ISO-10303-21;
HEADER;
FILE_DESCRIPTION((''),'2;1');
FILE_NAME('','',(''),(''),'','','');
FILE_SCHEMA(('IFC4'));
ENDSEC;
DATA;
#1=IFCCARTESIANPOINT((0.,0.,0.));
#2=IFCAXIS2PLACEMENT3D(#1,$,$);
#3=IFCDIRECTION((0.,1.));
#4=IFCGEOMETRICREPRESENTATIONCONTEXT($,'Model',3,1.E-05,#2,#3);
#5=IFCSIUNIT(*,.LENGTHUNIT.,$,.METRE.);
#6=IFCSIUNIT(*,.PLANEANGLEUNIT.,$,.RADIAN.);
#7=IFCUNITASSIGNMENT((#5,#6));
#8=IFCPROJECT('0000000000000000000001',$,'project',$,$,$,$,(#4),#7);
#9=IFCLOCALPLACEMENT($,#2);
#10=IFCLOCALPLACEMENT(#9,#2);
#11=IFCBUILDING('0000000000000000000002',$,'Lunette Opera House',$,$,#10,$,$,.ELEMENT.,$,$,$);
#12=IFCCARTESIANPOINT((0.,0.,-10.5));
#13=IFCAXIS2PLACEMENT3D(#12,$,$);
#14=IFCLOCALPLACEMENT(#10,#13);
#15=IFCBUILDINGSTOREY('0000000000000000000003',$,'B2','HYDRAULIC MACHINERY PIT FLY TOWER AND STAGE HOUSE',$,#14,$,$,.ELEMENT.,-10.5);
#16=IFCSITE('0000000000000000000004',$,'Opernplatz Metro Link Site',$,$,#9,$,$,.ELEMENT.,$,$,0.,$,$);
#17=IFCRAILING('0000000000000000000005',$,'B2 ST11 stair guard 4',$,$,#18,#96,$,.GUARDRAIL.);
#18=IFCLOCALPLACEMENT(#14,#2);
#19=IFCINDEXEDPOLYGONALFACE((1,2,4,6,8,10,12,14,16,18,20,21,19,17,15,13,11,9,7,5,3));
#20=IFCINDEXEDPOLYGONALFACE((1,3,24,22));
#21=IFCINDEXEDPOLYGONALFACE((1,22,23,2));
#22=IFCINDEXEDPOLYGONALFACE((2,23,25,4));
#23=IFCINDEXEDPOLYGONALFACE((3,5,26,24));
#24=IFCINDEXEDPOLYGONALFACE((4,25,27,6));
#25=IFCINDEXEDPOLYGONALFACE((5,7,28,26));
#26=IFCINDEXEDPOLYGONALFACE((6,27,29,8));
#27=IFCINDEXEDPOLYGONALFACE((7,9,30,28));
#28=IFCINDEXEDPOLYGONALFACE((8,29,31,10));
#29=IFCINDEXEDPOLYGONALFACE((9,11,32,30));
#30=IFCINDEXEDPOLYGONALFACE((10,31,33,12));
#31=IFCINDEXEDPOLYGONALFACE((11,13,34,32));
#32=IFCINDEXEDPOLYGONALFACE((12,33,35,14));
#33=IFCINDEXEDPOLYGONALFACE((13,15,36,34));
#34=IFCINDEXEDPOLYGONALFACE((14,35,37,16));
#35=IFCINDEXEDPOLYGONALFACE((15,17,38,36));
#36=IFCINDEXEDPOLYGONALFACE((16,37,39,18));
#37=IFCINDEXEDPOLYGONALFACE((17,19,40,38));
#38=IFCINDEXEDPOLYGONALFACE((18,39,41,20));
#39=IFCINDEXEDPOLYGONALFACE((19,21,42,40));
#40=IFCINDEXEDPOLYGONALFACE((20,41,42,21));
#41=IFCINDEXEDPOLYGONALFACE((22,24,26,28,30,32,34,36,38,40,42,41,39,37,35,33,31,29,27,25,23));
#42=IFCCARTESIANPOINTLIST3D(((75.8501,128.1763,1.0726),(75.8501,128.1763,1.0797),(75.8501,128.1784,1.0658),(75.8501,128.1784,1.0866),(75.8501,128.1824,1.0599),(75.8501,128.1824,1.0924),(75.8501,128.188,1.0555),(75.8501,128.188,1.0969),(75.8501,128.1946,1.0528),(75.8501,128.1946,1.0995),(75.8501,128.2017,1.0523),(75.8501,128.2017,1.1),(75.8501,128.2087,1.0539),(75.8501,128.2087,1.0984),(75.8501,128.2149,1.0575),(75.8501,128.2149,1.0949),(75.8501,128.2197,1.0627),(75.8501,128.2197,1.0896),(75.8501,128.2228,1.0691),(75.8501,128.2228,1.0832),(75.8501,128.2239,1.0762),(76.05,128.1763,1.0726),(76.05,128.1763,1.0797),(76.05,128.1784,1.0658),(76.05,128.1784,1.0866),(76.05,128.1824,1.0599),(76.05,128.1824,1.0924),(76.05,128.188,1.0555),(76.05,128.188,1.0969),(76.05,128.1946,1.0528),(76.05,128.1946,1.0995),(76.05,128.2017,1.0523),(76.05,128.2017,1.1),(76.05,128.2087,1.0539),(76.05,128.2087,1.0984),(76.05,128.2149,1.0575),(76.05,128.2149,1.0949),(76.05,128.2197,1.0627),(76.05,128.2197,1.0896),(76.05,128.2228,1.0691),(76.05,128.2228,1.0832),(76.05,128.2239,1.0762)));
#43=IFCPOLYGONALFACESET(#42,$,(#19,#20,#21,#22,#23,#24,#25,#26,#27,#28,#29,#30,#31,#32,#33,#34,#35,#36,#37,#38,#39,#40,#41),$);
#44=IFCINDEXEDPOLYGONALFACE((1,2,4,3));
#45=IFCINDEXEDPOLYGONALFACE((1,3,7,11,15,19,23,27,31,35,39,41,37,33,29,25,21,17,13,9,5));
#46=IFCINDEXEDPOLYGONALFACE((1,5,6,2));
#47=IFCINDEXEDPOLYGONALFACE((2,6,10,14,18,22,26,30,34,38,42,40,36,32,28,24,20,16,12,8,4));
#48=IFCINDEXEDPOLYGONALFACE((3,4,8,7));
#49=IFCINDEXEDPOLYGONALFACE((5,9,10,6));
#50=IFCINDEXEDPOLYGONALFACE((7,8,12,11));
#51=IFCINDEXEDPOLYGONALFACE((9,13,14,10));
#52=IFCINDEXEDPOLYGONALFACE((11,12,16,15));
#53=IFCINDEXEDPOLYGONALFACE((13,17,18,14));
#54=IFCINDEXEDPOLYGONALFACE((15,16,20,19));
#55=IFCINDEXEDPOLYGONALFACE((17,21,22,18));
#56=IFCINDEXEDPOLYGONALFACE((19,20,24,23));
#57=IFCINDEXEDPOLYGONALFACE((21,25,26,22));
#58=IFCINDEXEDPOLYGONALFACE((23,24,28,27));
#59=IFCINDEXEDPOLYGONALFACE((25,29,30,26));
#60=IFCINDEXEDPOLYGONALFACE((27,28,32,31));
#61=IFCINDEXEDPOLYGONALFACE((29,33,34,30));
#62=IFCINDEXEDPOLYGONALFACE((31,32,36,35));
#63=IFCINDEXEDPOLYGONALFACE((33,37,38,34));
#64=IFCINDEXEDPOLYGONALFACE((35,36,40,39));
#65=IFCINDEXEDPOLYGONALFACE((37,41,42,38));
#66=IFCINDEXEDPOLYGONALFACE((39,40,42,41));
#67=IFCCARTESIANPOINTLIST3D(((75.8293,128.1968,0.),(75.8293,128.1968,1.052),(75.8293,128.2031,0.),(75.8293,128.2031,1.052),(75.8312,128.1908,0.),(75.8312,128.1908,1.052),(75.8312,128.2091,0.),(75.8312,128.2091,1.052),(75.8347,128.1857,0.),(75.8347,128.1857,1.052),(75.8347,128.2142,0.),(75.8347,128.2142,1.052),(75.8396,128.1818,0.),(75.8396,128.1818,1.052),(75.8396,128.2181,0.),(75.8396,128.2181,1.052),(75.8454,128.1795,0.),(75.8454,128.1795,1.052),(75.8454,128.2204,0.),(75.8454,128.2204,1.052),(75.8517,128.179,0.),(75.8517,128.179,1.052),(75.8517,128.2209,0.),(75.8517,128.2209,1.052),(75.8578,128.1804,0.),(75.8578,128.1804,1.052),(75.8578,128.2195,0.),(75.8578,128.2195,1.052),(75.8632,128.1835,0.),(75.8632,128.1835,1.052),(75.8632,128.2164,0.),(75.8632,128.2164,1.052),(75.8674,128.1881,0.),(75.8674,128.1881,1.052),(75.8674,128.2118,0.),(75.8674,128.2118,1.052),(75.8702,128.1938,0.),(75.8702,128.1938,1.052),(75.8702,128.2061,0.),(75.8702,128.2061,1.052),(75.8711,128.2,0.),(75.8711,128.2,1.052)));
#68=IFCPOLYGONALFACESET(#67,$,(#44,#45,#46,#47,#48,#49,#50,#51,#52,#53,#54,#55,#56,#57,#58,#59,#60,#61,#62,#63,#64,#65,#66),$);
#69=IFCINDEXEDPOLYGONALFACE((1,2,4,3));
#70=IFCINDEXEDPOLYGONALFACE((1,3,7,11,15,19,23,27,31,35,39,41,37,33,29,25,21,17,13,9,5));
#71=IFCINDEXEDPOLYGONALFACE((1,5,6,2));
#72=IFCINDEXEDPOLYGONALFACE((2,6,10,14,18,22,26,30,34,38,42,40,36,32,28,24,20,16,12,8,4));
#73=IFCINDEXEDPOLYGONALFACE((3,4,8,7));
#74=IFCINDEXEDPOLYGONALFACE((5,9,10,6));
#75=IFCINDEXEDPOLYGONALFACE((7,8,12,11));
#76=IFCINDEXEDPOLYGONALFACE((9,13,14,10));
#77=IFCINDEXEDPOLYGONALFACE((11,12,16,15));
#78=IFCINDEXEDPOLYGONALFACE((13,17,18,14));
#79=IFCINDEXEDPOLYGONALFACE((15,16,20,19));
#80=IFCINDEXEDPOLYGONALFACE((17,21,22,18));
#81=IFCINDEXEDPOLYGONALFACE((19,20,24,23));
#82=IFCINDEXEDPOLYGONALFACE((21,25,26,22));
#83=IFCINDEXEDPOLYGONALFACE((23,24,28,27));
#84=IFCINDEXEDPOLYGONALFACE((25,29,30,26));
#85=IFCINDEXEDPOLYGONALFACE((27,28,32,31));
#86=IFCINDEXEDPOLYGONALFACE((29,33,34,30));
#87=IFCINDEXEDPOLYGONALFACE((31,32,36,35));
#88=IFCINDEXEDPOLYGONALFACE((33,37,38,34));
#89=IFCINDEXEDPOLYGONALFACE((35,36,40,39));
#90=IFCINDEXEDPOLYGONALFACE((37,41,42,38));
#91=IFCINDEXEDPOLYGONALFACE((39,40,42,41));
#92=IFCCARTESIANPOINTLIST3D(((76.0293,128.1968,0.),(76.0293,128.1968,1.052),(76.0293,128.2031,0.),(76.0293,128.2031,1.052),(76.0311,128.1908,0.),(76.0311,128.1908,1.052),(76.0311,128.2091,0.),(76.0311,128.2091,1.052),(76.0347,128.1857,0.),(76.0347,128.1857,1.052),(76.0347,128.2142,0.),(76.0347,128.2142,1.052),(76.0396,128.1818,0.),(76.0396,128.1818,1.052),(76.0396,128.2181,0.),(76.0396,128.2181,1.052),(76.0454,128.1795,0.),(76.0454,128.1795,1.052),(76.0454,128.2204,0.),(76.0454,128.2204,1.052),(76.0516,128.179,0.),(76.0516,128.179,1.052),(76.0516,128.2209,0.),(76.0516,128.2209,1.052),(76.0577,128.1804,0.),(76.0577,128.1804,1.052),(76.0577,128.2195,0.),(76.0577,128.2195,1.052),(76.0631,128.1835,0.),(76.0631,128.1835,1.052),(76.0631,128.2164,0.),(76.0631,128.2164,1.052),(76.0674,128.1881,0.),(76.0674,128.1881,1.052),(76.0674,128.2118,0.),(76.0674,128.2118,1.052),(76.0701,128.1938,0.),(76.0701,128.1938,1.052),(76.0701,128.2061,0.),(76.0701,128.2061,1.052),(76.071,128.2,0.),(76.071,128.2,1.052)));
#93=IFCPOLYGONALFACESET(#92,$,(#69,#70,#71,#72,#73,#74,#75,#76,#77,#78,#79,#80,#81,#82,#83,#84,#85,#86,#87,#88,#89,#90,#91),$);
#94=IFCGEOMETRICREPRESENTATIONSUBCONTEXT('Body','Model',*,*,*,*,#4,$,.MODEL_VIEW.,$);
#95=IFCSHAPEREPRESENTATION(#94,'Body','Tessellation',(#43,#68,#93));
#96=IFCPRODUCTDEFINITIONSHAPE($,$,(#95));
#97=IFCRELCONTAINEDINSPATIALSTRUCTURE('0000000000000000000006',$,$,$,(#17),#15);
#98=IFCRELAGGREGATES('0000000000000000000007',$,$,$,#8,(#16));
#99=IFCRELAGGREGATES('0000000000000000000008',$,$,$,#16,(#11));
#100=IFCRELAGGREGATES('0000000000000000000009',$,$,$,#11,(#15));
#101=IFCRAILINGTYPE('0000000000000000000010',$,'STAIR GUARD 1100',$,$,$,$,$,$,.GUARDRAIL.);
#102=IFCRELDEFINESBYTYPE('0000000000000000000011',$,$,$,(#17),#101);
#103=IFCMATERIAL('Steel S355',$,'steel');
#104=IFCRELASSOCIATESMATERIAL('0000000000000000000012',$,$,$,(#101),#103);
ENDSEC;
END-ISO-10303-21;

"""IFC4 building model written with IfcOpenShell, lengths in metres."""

from ifc_helpers import new_model, si_unit, direction, frame, origin, origin_2d, place, context, subcontext, project, spatial, circle, extrude, material, type_object, element, save


model = new_model("IFC4")

# Units and contexts
model_context = context("Model", 3, precision=1e-05, world=origin(), true_north=direction((0.0, 1.0)))
body_context = subcontext(model_context, "Body", "Model", "MODEL_VIEW")
ifc_project = project(units=[si_unit("LENGTHUNIT", "METRE"), si_unit("PLANEANGLEUNIT", "RADIAN")], contexts=[model_context])

# Site, building, storey
site_placement = place(None, origin())
site = spatial("IfcSite", under=ifc_project, at=site_placement, Name="Opernplatz Metro Link Site", CompositionType="ELEMENT", RefElevation=0.0)
building_placement = place(site_placement, origin())
building = spatial("IfcBuilding", under=site, at=building_placement, Name="Lunette Opera House", CompositionType="ELEMENT")
storey_placement = place(building_placement, frame((0.0, 0.0, -10.5)))
storey = spatial("IfcBuildingStorey", under=building, at=storey_placement, Name="B2", Description="HYDRAULIC MACHINERY PIT FLY TOWER AND STAGE HOUSE", CompositionType="ELEMENT", Elevation=-10.5)

# Railing
ifc_material_1 = material(Name="Steel S355", Category="steel")
railing_type_1 = type_object("IfcRailingType", Name="STAIR GUARD 1100", PredefinedType="GUARDRAIL", material=ifc_material_1)
railing_1_placement = place(storey_placement, frame((75.8501, 128.2, 0.0)))
element("IfcRailing", 1, at=railing_1_placement, inside=storey, type_object=railing_type_1, Name="B2 ST11 stair guard 4", PredefinedType="GUARDRAIL", context=body_context, shape_type="SweptSolid", body=[
    extrude(circle(Radius=0.0239, at=origin_2d()), frame((0.0, 0.0, 1.0762), z_axis=(1.0, 0.0, 0.0), x_axis=(0.0, 1.0, 0.0)), (0.0, 0.0, 1.0), 0.2),
    extrude(circle(Radius=0.021, at=origin_2d()), origin(), (0.0, 0.0, 1.0), 1.052),
    extrude(circle(Radius=0.021, at=origin_2d()), frame((0.2, 0.0, 0.0)), (0.0, 0.0, 1.0), 1.052),
])

save(model, "model.ifc")
